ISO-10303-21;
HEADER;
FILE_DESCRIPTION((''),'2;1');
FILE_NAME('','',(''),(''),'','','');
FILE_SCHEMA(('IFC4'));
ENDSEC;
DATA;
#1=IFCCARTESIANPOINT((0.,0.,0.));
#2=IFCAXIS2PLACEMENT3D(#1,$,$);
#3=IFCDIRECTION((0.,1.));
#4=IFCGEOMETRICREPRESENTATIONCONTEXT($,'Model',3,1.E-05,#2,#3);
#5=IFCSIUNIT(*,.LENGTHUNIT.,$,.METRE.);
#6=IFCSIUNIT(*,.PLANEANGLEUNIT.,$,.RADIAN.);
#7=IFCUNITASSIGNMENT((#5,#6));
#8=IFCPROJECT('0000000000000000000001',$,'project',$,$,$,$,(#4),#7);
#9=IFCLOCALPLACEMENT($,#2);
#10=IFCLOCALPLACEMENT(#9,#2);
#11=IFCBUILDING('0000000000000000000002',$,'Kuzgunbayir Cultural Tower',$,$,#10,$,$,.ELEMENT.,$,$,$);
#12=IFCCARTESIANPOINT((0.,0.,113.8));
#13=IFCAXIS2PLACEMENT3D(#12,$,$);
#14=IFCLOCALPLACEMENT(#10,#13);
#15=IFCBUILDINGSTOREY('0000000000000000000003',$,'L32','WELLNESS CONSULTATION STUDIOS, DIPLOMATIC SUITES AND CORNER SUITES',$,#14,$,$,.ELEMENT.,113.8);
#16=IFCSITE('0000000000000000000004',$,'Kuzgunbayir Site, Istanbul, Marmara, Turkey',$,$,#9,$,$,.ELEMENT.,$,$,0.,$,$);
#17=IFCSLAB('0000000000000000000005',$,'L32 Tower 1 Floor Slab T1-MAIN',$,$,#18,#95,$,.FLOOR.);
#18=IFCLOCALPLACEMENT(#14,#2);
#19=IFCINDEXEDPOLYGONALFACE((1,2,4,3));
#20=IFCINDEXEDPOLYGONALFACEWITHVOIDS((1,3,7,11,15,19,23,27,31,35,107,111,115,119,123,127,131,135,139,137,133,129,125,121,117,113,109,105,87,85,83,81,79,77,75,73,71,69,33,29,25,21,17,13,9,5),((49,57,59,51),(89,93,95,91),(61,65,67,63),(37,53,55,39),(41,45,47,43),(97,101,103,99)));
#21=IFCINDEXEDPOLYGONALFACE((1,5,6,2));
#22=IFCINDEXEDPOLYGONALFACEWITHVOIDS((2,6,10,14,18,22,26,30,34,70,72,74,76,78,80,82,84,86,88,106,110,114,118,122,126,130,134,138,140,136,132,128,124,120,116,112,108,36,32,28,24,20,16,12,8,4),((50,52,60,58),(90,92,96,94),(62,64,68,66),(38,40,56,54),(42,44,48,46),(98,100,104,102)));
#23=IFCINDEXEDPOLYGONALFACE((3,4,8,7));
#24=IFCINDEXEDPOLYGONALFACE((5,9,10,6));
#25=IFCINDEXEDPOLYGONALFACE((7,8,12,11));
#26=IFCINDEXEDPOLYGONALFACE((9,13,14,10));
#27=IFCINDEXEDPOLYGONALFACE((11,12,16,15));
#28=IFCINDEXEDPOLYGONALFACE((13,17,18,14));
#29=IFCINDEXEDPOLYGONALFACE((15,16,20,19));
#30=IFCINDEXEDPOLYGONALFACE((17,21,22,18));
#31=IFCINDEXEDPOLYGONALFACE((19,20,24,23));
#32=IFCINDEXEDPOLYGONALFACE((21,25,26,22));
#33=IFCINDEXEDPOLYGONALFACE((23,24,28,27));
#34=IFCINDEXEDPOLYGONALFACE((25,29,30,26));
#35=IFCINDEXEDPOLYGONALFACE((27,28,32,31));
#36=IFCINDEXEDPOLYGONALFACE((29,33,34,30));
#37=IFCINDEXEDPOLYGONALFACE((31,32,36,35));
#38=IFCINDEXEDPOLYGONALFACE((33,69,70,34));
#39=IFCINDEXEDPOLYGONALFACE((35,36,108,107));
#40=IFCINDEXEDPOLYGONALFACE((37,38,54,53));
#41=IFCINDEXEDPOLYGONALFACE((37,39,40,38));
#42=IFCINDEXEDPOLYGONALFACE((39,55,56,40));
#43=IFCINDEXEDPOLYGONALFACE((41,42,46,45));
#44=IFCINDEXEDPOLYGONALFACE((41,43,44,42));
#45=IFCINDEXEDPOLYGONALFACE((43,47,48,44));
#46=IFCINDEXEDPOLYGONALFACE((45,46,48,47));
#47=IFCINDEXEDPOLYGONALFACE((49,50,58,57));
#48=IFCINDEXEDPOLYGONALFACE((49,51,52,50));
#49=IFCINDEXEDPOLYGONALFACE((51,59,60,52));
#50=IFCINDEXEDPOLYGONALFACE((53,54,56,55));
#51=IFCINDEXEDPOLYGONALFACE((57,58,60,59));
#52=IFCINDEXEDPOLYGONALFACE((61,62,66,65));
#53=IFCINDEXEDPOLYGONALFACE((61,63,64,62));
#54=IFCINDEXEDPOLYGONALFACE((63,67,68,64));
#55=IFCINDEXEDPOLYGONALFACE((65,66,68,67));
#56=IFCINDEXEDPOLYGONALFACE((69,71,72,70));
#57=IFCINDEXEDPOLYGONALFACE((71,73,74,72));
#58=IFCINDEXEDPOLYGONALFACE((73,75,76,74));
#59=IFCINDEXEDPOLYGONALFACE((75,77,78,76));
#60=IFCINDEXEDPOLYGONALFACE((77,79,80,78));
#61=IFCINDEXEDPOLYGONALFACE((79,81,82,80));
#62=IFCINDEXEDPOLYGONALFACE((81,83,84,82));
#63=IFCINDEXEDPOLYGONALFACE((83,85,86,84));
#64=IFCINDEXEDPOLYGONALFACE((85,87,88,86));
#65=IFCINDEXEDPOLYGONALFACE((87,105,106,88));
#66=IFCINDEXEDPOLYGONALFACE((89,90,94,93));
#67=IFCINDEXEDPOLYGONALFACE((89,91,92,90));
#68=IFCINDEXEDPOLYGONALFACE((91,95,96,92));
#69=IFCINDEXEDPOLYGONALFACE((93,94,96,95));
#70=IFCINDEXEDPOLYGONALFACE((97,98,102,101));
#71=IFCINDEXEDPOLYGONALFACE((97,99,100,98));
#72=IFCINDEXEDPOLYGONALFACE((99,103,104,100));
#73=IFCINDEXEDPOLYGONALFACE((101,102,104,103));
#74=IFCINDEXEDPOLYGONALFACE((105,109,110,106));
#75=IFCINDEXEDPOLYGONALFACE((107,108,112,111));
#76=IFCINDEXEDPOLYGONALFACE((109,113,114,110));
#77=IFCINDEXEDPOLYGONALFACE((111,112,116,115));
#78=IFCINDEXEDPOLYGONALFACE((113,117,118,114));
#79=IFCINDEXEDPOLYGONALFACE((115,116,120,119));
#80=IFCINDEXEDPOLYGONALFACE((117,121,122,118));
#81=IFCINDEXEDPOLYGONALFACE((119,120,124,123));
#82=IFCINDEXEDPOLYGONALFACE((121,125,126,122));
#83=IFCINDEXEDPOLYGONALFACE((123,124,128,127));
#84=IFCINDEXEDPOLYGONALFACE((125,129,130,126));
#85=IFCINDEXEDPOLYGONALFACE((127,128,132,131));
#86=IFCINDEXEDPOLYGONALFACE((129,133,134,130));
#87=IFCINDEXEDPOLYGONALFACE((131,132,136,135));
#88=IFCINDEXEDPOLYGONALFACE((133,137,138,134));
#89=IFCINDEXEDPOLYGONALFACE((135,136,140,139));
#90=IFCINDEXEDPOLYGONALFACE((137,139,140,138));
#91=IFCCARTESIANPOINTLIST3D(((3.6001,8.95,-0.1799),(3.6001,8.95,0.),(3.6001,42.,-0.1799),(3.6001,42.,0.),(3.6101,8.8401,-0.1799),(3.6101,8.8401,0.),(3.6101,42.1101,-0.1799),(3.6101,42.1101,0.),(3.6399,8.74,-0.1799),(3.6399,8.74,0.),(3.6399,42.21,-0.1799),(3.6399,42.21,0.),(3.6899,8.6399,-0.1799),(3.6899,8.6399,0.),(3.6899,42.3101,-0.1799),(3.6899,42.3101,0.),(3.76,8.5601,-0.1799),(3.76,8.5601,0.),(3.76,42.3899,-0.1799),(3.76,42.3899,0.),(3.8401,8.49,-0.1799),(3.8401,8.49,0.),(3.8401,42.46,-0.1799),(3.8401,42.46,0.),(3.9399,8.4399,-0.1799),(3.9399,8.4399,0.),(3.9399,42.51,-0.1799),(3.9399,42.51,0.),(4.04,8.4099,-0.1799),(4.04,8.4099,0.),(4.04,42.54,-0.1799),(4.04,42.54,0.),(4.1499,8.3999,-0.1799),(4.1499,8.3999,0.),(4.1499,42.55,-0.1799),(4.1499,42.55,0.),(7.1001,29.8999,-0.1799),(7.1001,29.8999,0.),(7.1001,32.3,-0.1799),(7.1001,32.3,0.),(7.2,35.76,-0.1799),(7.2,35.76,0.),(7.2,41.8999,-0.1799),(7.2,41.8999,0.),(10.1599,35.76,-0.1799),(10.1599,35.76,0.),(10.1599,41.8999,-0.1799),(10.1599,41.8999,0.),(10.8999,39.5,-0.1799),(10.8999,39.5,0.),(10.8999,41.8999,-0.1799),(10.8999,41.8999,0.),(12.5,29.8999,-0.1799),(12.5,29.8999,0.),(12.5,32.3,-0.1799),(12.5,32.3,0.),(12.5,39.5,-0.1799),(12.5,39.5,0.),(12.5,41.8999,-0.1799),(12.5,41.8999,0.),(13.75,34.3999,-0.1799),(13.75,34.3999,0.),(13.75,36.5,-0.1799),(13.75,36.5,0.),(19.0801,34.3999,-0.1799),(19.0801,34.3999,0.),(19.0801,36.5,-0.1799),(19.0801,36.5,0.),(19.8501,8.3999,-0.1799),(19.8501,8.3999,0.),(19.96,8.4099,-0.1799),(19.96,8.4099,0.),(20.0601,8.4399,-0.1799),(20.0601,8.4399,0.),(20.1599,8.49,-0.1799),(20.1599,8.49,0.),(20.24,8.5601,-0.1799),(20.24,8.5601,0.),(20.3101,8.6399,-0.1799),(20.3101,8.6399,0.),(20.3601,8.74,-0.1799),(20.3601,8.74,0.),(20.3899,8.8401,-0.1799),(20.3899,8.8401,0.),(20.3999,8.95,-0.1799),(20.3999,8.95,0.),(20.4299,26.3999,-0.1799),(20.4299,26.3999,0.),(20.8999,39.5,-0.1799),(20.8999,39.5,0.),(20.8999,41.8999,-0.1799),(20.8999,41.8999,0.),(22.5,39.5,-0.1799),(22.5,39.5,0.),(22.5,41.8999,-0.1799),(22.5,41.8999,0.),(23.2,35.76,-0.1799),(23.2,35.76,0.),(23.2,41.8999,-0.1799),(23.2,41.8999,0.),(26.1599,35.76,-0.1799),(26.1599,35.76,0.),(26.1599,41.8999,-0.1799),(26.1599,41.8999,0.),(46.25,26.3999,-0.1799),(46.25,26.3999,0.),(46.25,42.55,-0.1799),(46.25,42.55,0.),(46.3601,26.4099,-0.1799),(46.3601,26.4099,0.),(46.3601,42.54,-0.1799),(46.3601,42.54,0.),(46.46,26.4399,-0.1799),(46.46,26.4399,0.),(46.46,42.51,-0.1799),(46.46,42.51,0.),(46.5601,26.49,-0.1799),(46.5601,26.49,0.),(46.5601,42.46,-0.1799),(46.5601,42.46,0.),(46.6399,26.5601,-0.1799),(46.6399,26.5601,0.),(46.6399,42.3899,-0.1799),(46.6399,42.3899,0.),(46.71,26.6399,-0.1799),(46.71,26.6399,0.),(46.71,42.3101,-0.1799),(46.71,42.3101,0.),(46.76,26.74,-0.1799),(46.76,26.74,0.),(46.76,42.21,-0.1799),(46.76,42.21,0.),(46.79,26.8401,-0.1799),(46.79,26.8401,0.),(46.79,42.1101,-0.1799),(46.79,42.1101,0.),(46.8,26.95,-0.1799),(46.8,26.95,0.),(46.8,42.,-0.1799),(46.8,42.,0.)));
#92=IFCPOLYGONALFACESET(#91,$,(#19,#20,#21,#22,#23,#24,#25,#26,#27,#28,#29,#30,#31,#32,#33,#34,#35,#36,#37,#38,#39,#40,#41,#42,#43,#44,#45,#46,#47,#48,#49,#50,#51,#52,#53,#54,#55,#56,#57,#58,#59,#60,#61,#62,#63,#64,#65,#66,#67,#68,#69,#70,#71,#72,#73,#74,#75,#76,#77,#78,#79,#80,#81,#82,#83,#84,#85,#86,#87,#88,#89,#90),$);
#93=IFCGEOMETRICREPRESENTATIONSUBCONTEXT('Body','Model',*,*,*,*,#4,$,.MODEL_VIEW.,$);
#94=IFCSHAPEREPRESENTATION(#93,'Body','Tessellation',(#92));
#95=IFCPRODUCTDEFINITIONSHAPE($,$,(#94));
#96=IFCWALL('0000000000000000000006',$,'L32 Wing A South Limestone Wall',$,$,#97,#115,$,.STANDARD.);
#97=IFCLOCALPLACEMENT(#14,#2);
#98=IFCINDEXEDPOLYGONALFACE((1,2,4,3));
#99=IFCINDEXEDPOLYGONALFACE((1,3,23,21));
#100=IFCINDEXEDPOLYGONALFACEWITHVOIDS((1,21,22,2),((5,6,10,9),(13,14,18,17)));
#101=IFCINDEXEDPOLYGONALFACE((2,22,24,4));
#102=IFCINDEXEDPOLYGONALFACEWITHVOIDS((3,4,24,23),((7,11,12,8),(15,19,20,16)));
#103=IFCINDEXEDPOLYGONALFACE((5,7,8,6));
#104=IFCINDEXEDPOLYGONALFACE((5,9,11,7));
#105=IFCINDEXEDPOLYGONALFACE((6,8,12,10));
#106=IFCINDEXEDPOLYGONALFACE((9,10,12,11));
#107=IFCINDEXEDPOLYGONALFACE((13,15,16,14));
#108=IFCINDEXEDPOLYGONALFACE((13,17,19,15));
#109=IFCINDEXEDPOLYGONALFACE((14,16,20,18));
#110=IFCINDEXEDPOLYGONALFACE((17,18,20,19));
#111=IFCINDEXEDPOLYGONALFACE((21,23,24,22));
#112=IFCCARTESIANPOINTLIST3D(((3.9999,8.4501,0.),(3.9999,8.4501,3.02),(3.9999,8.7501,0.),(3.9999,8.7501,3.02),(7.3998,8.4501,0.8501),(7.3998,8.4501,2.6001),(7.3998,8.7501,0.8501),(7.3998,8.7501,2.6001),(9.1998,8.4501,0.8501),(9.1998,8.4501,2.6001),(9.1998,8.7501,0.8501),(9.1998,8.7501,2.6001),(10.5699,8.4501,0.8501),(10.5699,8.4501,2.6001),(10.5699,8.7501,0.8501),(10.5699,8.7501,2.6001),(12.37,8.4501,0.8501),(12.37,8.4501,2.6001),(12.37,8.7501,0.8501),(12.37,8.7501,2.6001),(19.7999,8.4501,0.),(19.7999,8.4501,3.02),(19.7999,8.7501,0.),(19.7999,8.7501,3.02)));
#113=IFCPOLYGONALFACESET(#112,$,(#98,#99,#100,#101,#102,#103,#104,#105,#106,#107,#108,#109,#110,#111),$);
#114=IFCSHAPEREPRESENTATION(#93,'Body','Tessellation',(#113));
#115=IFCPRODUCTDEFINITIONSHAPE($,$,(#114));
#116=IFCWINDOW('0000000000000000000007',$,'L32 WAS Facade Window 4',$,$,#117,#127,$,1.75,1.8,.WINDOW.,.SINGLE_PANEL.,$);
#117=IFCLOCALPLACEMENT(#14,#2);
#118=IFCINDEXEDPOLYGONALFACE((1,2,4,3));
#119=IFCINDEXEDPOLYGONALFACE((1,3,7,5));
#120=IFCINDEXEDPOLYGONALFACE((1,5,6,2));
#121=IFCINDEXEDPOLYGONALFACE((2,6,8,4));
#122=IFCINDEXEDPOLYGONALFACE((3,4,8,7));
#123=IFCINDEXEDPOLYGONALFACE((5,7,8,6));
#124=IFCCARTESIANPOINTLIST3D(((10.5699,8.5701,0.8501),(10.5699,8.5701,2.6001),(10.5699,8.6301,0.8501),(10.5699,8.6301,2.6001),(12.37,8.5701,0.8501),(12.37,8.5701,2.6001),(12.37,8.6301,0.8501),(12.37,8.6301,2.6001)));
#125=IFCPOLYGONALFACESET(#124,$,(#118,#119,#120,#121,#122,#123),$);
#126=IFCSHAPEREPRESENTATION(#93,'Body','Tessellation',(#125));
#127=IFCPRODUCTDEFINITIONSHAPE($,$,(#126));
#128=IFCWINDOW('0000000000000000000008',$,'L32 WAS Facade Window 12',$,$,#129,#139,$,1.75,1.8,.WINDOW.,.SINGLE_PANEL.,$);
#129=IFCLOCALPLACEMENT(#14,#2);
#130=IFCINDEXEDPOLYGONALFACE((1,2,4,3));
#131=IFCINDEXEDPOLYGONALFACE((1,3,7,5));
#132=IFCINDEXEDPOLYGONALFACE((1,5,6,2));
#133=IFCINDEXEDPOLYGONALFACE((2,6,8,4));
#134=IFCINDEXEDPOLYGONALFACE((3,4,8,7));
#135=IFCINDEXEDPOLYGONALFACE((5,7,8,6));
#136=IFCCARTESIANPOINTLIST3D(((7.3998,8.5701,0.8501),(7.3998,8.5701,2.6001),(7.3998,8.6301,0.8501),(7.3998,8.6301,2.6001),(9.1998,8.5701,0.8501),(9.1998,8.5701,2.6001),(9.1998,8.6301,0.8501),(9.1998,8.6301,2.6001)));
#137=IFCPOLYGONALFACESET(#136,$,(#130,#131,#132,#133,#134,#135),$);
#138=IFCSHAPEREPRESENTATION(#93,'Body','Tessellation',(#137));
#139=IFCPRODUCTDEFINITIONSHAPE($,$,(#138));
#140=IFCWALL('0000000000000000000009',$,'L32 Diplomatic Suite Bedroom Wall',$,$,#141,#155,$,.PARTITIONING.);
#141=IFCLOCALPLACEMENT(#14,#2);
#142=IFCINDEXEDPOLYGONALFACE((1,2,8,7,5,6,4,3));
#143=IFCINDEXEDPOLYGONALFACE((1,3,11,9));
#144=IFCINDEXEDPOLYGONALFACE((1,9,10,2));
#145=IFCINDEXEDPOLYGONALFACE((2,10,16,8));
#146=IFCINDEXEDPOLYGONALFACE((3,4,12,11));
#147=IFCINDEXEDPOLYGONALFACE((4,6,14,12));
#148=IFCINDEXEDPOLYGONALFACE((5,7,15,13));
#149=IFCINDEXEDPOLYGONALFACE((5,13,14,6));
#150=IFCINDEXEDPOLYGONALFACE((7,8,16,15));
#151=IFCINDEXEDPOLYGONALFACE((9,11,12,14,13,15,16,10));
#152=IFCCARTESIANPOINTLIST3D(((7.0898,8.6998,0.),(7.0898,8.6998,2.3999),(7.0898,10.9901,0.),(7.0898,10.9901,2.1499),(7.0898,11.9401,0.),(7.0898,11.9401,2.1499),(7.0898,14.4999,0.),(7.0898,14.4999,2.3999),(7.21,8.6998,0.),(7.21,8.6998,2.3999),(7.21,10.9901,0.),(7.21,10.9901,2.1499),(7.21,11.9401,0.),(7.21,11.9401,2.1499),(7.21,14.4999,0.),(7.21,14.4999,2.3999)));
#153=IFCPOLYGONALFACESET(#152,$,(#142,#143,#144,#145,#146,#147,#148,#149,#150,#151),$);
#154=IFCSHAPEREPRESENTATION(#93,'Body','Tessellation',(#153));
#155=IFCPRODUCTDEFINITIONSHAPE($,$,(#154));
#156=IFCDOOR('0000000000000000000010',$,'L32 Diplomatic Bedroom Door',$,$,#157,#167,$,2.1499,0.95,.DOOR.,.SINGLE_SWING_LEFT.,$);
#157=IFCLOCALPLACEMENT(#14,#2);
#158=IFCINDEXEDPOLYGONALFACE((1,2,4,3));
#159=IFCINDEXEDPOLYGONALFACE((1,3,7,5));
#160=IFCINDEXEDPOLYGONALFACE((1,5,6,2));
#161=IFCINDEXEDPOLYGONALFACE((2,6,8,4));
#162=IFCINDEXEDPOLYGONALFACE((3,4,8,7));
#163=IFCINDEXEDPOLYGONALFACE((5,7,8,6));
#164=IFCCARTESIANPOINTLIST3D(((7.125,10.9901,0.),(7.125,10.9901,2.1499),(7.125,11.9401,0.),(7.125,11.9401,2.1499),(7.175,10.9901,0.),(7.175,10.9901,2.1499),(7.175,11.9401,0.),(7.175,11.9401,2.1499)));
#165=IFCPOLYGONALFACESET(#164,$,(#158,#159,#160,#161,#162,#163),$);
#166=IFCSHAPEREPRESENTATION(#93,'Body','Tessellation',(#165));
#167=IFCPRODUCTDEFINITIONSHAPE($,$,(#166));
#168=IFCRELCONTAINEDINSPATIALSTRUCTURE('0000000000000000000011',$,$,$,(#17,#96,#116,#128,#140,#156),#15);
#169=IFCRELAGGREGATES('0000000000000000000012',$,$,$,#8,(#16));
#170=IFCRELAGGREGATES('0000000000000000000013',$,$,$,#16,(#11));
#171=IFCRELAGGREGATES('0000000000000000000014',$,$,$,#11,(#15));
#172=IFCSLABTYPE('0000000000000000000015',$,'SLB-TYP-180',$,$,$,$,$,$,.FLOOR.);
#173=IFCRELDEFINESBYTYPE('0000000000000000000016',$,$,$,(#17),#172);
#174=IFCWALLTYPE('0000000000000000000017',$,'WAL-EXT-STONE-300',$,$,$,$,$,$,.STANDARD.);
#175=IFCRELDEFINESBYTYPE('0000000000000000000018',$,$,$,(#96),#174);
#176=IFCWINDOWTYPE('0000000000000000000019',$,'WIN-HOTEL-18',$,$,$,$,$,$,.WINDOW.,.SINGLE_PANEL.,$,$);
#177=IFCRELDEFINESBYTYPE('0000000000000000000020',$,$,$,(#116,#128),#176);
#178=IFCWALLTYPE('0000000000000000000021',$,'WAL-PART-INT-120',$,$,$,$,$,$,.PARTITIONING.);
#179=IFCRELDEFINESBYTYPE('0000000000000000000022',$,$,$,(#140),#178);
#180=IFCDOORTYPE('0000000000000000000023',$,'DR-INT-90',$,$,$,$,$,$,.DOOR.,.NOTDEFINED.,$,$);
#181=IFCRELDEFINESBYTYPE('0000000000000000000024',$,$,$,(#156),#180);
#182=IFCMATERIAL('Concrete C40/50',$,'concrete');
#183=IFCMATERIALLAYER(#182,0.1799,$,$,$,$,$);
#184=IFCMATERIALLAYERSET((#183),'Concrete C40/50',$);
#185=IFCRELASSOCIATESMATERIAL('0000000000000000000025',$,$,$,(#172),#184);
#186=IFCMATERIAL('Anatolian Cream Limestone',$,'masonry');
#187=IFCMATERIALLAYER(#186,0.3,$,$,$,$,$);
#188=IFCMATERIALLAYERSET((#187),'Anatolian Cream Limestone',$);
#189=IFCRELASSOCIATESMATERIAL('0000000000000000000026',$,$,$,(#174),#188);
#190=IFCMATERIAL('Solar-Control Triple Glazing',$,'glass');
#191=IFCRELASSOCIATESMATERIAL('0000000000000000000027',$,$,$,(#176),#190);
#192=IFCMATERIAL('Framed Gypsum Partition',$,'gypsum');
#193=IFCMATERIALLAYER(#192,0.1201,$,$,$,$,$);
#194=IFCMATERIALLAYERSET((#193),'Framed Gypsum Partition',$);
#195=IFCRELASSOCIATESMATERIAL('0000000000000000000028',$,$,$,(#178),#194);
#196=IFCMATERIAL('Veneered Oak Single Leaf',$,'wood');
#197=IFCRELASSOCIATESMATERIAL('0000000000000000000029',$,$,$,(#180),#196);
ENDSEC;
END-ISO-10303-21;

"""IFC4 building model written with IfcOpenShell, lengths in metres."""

from ifc_helpers import new_model, si_unit, direction, frame, frame_2d, origin, place, context, subcontext, project, spatial, polyline, rectangle, outline, extrude, material, layer, layer_set, type_object, element, fill, save


model = new_model("IFC4")

# Units and contexts
model_context = context("Model", 3, precision=1e-05, world=origin(), true_north=direction((0.0, 1.0)))
body_context = subcontext(model_context, "Body", "Model", "MODEL_VIEW")
ifc_project = project(units=[si_unit("LENGTHUNIT", "METRE"), si_unit("PLANEANGLEUNIT", "RADIAN")], contexts=[model_context])

# Site, building, storey
site_placement = place(None, origin())
site = spatial("IfcSite", under=ifc_project, at=site_placement, Name="Kuzgunbayir Site, Istanbul, Marmara, Turkey", CompositionType="ELEMENT", RefElevation=0.0)
building_placement = place(site_placement, origin())
building = spatial("IfcBuilding", under=site, at=building_placement, Name="Kuzgunbayir Cultural Tower", CompositionType="ELEMENT")
storey_placement = place(building_placement, frame((0.0, 0.0, 113.8)))
storey = spatial("IfcBuildingStorey", under=building, at=storey_placement, Name="L32", Description="WELLNESS CONSULTATION STUDIOS, DIPLOMATIC SUITES AND CORNER SUITES", CompositionType="ELEMENT", Elevation=113.8)

# Shared definitions
ifc_material_1 = material(Name="Concrete C40/50", Category="concrete")

# Slab
ifc_layer_1 = layer(ifc_material_1, 0.1799)
ifc_layer_set_1 = layer_set([ifc_layer_1], Name="Concrete C40/50")
slab_type_1 = type_object("IfcSlabType", Name="SLB-TYP-180", PredefinedType="FLOOR", material=ifc_layer_set_1)
slab_1_placement = place(storey_placement, frame((0.0, 0.0, -0.1799)))
element("IfcSlab", 1, at=slab_1_placement, inside=storey, type_object=slab_type_1, Name="L32 Tower 1 Floor Slab T1-MAIN", PredefinedType="FLOOR", context=body_context, shape_type="SweptSolid", body=[
    extrude(outline(polyline([(20.3999, 8.95), (20.3899, 8.8401), (20.3601, 8.74), (20.3101, 8.6399), (20.24, 8.5601), (20.1599, 8.49), (20.0601, 8.4399), (19.96, 8.4099), (19.8501, 8.3999), (4.1499, 8.3999), (4.04, 8.4099), (3.9399, 8.4399), (3.8401, 8.49), (3.76, 8.5601), (3.6899, 8.6399), (3.6399, 8.74), (3.6101, 8.8401), (3.6001, 8.95), (3.6001, 42.0), (3.6101, 42.1101), (3.6399, 42.21), (3.6899, 42.3101), (3.76, 42.3899), (3.8401, 42.46), (3.9399, 42.51), (4.04, 42.54), (4.1499, 42.55), (46.25, 42.55), (46.3601, 42.54), (46.46, 42.51), (46.5601, 42.46), (46.6399, 42.3899), (46.71, 42.3101), (46.76, 42.21), (46.79, 42.1101), (46.8, 42.0), (46.8, 26.95), (46.79, 26.8401), (46.76, 26.74), (46.71, 26.6399), (46.6399, 26.5601), (46.5601, 26.49), (46.46, 26.4399), (46.3601, 26.4099), (46.25, 26.3999), (20.4299, 26.3999), (20.3999, 8.95)]), holes=[polyline([(7.2, 35.76), (7.2, 41.8999), (10.1599, 41.8999), (10.1599, 35.76), (7.2, 35.76)]), polyline([(23.2, 35.76), (23.2, 41.8999), (26.1599, 41.8999), (26.1599, 35.76), (23.2, 35.76)]), polyline([(13.75, 34.3999), (13.75, 36.5), (19.0801, 36.5), (19.0801, 34.3999), (13.75, 34.3999)]), polyline([(7.1001, 29.8999), (7.1001, 32.3), (12.5, 32.3), (12.5, 29.8999), (7.1001, 29.8999)]), polyline([(10.8999, 39.5), (10.8999, 41.8999), (12.5, 41.8999), (12.5, 39.5), (10.8999, 39.5)]), polyline([(20.8999, 39.5), (20.8999, 41.8999), (22.5, 41.8999), (22.5, 39.5), (20.8999, 39.5)])]), origin(), (0.0, 0.0, 1.0), 0.1799),
])

# Wall, openings, windows
ifc_material_2 = material(Name="Anatolian Cream Limestone", Category="masonry")
ifc_layer_2 = layer(ifc_material_2, 0.3)
ifc_layer_set_2 = layer_set([ifc_layer_2], Name="Anatolian Cream Limestone")
wall_type_1 = type_object("IfcWallType", Name="WAL-EXT-STONE-300", PredefinedType="STANDARD", material=ifc_layer_set_2)
wall_1_placement = place(storey_placement, frame((4.0, 8.6001, 0.0), z_axis=(0.0, 0.0, 1.0), x_axis=(1.0, 0.0, 0.0)))
wall_1 = element("IfcWall", 2, at=wall_1_placement, inside=storey, type_object=wall_type_1, Name="L32 Wing A South Limestone Wall", PredefinedType="STANDARD", context=body_context, shape_type="SweptSolid", body=[
    extrude(rectangle(XDim=15.8, YDim=0.3, at=frame_2d((7.8999, 0.0))), origin(), (0.0, 0.0, 1.0), 3.02),
])
opening_1_placement = place(wall_1_placement, frame((6.5701, 0.0, 0.8501)))
opening_1 = element("IfcOpeningElement", 3, at=opening_1_placement, cuts=wall_1, PredefinedType="OPENING", context=body_context, shape_type="SweptSolid", body=[
    extrude(rectangle(XDim=1.8, YDim=1.75, at=frame_2d((0.8999, 0.875))), frame((0.0, 0.1602, 0.0), z_axis=(0.0, -1.0, 0.0), x_axis=(1.0, 0.0, 0.0)), (0.0, 0.0, 1.0), 0.3201),
])
opening_2_placement = place(wall_1_placement, frame((3.3999, 0.0, 0.8501)))
opening_2 = element("IfcOpeningElement", 4, at=opening_2_placement, cuts=wall_1, PredefinedType="OPENING", context=body_context, shape_type="SweptSolid", body=[
    extrude(rectangle(XDim=1.8, YDim=1.75, at=frame_2d((0.8999, 0.875))), frame((0.0, 0.1602, 0.0), z_axis=(0.0, -1.0, 0.0), x_axis=(1.0, 0.0, 0.0)), (0.0, 0.0, 1.0), 0.3201),
])
ifc_material_3 = material(Name="Solar-Control Triple Glazing", Category="glass")
window_type = type_object("IfcWindowType", Name="WIN-HOTEL-18", PartitioningType="SINGLE_PANEL", PredefinedType="WINDOW", material=ifc_material_3)
window_1_placement = place(opening_1_placement, origin())
window_1 = element("IfcWindow", 5, at=window_1_placement, inside=storey, type_object=window_type, Name="L32 WAS Facade Window 4", OverallHeight=1.75, OverallWidth=1.8, PartitioningType="SINGLE_PANEL", PredefinedType="WINDOW", context=body_context, shape_type="SweptSolid", body=[
    extrude(rectangle(XDim=1.8, YDim=1.75, at=frame_2d((0.8999, 0.875))), frame((0.0, 0.03, 0.0), z_axis=(0.0, -1.0, 0.0), x_axis=(1.0, 0.0, 0.0)), (0.0, 0.0, 1.0), 0.0601),
])
fill(opening_1, window_1)
window_2_placement = place(opening_2_placement, origin())
window_2 = element("IfcWindow", 6, at=window_2_placement, inside=storey, type_object=window_type, Name="L32 WAS Facade Window 12", OverallHeight=1.75, OverallWidth=1.8, PartitioningType="SINGLE_PANEL", PredefinedType="WINDOW", context=body_context, shape_type="SweptSolid", body=[
    extrude(rectangle(XDim=1.8, YDim=1.75, at=frame_2d((0.8999, 0.875))), frame((0.0, 0.03, 0.0), z_axis=(0.0, -1.0, 0.0), x_axis=(1.0, 0.0, 0.0)), (0.0, 0.0, 1.0), 0.0601),
])
fill(opening_2, window_2)

# Wall, opening, door
ifc_material_4 = material(Name="Framed Gypsum Partition", Category="gypsum")
ifc_layer_3 = layer(ifc_material_4, 0.1201)
ifc_layer_set_3 = layer_set([ifc_layer_3], Name="Framed Gypsum Partition")
wall_type_2 = type_object("IfcWallType", Name="WAL-PART-INT-120", PredefinedType="PARTITIONING", material=ifc_layer_set_3)
wall_2_placement = place(storey_placement, frame((7.1499, 8.7, 0.0), z_axis=(0.0, 0.0, 1.0), x_axis=(0.0, 1.0, 0.0)))
wall_2 = element("IfcWall", 7, at=wall_2_placement, inside=storey, type_object=wall_type_2, Name="L32 Diplomatic Suite Bedroom Wall", PredefinedType="PARTITIONING", context=body_context, shape_type="SweptSolid", body=[
    extrude(rectangle(XDim=5.8, YDim=0.1201, at=frame_2d((2.8999, 0.0))), origin(), (0.0, 0.0, 1.0), 2.3999),
])
opening_3_placement = place(wall_2_placement, frame((2.29, 0.0, 0.0)))
opening_3 = element("IfcOpeningElement", 8, at=opening_3_placement, cuts=wall_2, PredefinedType="OPENING", context=body_context, shape_type="SweptSolid", body=[
    extrude(rectangle(XDim=0.95, YDim=2.1499, at=frame_2d((0.4751, 1.075))), frame((0.0, 0.0701, 0.0), z_axis=(0.0, -1.0, 0.0), x_axis=(1.0, 0.0, 0.0)), (0.0, 0.0, 1.0), 0.1401),
])
ifc_material_5 = material(Name="Veneered Oak Single Leaf", Category="wood")
door_type = type_object("IfcDoorType", Name="DR-INT-90", OperationType="NOTDEFINED", PredefinedType="DOOR", material=ifc_material_5)
door_placement = place(opening_3_placement, origin())
door = element("IfcDoor", 9, at=door_placement, inside=storey, type_object=door_type, Name="L32 Diplomatic Bedroom Door", OperationType="SINGLE_SWING_LEFT", OverallHeight=2.1499, OverallWidth=0.95, PredefinedType="DOOR", context=body_context, shape_type="SweptSolid", body=[
    extrude(rectangle(XDim=0.95, YDim=2.1499, at=frame_2d((0.4751, 1.075))), frame((0.0, 0.0249, 0.0), z_axis=(0.0, -1.0, 0.0), x_axis=(1.0, 0.0, 0.0)), (0.0, 0.0, 1.0), 0.05),
])
fill(opening_3, door)

save(model, "model.ifc")
